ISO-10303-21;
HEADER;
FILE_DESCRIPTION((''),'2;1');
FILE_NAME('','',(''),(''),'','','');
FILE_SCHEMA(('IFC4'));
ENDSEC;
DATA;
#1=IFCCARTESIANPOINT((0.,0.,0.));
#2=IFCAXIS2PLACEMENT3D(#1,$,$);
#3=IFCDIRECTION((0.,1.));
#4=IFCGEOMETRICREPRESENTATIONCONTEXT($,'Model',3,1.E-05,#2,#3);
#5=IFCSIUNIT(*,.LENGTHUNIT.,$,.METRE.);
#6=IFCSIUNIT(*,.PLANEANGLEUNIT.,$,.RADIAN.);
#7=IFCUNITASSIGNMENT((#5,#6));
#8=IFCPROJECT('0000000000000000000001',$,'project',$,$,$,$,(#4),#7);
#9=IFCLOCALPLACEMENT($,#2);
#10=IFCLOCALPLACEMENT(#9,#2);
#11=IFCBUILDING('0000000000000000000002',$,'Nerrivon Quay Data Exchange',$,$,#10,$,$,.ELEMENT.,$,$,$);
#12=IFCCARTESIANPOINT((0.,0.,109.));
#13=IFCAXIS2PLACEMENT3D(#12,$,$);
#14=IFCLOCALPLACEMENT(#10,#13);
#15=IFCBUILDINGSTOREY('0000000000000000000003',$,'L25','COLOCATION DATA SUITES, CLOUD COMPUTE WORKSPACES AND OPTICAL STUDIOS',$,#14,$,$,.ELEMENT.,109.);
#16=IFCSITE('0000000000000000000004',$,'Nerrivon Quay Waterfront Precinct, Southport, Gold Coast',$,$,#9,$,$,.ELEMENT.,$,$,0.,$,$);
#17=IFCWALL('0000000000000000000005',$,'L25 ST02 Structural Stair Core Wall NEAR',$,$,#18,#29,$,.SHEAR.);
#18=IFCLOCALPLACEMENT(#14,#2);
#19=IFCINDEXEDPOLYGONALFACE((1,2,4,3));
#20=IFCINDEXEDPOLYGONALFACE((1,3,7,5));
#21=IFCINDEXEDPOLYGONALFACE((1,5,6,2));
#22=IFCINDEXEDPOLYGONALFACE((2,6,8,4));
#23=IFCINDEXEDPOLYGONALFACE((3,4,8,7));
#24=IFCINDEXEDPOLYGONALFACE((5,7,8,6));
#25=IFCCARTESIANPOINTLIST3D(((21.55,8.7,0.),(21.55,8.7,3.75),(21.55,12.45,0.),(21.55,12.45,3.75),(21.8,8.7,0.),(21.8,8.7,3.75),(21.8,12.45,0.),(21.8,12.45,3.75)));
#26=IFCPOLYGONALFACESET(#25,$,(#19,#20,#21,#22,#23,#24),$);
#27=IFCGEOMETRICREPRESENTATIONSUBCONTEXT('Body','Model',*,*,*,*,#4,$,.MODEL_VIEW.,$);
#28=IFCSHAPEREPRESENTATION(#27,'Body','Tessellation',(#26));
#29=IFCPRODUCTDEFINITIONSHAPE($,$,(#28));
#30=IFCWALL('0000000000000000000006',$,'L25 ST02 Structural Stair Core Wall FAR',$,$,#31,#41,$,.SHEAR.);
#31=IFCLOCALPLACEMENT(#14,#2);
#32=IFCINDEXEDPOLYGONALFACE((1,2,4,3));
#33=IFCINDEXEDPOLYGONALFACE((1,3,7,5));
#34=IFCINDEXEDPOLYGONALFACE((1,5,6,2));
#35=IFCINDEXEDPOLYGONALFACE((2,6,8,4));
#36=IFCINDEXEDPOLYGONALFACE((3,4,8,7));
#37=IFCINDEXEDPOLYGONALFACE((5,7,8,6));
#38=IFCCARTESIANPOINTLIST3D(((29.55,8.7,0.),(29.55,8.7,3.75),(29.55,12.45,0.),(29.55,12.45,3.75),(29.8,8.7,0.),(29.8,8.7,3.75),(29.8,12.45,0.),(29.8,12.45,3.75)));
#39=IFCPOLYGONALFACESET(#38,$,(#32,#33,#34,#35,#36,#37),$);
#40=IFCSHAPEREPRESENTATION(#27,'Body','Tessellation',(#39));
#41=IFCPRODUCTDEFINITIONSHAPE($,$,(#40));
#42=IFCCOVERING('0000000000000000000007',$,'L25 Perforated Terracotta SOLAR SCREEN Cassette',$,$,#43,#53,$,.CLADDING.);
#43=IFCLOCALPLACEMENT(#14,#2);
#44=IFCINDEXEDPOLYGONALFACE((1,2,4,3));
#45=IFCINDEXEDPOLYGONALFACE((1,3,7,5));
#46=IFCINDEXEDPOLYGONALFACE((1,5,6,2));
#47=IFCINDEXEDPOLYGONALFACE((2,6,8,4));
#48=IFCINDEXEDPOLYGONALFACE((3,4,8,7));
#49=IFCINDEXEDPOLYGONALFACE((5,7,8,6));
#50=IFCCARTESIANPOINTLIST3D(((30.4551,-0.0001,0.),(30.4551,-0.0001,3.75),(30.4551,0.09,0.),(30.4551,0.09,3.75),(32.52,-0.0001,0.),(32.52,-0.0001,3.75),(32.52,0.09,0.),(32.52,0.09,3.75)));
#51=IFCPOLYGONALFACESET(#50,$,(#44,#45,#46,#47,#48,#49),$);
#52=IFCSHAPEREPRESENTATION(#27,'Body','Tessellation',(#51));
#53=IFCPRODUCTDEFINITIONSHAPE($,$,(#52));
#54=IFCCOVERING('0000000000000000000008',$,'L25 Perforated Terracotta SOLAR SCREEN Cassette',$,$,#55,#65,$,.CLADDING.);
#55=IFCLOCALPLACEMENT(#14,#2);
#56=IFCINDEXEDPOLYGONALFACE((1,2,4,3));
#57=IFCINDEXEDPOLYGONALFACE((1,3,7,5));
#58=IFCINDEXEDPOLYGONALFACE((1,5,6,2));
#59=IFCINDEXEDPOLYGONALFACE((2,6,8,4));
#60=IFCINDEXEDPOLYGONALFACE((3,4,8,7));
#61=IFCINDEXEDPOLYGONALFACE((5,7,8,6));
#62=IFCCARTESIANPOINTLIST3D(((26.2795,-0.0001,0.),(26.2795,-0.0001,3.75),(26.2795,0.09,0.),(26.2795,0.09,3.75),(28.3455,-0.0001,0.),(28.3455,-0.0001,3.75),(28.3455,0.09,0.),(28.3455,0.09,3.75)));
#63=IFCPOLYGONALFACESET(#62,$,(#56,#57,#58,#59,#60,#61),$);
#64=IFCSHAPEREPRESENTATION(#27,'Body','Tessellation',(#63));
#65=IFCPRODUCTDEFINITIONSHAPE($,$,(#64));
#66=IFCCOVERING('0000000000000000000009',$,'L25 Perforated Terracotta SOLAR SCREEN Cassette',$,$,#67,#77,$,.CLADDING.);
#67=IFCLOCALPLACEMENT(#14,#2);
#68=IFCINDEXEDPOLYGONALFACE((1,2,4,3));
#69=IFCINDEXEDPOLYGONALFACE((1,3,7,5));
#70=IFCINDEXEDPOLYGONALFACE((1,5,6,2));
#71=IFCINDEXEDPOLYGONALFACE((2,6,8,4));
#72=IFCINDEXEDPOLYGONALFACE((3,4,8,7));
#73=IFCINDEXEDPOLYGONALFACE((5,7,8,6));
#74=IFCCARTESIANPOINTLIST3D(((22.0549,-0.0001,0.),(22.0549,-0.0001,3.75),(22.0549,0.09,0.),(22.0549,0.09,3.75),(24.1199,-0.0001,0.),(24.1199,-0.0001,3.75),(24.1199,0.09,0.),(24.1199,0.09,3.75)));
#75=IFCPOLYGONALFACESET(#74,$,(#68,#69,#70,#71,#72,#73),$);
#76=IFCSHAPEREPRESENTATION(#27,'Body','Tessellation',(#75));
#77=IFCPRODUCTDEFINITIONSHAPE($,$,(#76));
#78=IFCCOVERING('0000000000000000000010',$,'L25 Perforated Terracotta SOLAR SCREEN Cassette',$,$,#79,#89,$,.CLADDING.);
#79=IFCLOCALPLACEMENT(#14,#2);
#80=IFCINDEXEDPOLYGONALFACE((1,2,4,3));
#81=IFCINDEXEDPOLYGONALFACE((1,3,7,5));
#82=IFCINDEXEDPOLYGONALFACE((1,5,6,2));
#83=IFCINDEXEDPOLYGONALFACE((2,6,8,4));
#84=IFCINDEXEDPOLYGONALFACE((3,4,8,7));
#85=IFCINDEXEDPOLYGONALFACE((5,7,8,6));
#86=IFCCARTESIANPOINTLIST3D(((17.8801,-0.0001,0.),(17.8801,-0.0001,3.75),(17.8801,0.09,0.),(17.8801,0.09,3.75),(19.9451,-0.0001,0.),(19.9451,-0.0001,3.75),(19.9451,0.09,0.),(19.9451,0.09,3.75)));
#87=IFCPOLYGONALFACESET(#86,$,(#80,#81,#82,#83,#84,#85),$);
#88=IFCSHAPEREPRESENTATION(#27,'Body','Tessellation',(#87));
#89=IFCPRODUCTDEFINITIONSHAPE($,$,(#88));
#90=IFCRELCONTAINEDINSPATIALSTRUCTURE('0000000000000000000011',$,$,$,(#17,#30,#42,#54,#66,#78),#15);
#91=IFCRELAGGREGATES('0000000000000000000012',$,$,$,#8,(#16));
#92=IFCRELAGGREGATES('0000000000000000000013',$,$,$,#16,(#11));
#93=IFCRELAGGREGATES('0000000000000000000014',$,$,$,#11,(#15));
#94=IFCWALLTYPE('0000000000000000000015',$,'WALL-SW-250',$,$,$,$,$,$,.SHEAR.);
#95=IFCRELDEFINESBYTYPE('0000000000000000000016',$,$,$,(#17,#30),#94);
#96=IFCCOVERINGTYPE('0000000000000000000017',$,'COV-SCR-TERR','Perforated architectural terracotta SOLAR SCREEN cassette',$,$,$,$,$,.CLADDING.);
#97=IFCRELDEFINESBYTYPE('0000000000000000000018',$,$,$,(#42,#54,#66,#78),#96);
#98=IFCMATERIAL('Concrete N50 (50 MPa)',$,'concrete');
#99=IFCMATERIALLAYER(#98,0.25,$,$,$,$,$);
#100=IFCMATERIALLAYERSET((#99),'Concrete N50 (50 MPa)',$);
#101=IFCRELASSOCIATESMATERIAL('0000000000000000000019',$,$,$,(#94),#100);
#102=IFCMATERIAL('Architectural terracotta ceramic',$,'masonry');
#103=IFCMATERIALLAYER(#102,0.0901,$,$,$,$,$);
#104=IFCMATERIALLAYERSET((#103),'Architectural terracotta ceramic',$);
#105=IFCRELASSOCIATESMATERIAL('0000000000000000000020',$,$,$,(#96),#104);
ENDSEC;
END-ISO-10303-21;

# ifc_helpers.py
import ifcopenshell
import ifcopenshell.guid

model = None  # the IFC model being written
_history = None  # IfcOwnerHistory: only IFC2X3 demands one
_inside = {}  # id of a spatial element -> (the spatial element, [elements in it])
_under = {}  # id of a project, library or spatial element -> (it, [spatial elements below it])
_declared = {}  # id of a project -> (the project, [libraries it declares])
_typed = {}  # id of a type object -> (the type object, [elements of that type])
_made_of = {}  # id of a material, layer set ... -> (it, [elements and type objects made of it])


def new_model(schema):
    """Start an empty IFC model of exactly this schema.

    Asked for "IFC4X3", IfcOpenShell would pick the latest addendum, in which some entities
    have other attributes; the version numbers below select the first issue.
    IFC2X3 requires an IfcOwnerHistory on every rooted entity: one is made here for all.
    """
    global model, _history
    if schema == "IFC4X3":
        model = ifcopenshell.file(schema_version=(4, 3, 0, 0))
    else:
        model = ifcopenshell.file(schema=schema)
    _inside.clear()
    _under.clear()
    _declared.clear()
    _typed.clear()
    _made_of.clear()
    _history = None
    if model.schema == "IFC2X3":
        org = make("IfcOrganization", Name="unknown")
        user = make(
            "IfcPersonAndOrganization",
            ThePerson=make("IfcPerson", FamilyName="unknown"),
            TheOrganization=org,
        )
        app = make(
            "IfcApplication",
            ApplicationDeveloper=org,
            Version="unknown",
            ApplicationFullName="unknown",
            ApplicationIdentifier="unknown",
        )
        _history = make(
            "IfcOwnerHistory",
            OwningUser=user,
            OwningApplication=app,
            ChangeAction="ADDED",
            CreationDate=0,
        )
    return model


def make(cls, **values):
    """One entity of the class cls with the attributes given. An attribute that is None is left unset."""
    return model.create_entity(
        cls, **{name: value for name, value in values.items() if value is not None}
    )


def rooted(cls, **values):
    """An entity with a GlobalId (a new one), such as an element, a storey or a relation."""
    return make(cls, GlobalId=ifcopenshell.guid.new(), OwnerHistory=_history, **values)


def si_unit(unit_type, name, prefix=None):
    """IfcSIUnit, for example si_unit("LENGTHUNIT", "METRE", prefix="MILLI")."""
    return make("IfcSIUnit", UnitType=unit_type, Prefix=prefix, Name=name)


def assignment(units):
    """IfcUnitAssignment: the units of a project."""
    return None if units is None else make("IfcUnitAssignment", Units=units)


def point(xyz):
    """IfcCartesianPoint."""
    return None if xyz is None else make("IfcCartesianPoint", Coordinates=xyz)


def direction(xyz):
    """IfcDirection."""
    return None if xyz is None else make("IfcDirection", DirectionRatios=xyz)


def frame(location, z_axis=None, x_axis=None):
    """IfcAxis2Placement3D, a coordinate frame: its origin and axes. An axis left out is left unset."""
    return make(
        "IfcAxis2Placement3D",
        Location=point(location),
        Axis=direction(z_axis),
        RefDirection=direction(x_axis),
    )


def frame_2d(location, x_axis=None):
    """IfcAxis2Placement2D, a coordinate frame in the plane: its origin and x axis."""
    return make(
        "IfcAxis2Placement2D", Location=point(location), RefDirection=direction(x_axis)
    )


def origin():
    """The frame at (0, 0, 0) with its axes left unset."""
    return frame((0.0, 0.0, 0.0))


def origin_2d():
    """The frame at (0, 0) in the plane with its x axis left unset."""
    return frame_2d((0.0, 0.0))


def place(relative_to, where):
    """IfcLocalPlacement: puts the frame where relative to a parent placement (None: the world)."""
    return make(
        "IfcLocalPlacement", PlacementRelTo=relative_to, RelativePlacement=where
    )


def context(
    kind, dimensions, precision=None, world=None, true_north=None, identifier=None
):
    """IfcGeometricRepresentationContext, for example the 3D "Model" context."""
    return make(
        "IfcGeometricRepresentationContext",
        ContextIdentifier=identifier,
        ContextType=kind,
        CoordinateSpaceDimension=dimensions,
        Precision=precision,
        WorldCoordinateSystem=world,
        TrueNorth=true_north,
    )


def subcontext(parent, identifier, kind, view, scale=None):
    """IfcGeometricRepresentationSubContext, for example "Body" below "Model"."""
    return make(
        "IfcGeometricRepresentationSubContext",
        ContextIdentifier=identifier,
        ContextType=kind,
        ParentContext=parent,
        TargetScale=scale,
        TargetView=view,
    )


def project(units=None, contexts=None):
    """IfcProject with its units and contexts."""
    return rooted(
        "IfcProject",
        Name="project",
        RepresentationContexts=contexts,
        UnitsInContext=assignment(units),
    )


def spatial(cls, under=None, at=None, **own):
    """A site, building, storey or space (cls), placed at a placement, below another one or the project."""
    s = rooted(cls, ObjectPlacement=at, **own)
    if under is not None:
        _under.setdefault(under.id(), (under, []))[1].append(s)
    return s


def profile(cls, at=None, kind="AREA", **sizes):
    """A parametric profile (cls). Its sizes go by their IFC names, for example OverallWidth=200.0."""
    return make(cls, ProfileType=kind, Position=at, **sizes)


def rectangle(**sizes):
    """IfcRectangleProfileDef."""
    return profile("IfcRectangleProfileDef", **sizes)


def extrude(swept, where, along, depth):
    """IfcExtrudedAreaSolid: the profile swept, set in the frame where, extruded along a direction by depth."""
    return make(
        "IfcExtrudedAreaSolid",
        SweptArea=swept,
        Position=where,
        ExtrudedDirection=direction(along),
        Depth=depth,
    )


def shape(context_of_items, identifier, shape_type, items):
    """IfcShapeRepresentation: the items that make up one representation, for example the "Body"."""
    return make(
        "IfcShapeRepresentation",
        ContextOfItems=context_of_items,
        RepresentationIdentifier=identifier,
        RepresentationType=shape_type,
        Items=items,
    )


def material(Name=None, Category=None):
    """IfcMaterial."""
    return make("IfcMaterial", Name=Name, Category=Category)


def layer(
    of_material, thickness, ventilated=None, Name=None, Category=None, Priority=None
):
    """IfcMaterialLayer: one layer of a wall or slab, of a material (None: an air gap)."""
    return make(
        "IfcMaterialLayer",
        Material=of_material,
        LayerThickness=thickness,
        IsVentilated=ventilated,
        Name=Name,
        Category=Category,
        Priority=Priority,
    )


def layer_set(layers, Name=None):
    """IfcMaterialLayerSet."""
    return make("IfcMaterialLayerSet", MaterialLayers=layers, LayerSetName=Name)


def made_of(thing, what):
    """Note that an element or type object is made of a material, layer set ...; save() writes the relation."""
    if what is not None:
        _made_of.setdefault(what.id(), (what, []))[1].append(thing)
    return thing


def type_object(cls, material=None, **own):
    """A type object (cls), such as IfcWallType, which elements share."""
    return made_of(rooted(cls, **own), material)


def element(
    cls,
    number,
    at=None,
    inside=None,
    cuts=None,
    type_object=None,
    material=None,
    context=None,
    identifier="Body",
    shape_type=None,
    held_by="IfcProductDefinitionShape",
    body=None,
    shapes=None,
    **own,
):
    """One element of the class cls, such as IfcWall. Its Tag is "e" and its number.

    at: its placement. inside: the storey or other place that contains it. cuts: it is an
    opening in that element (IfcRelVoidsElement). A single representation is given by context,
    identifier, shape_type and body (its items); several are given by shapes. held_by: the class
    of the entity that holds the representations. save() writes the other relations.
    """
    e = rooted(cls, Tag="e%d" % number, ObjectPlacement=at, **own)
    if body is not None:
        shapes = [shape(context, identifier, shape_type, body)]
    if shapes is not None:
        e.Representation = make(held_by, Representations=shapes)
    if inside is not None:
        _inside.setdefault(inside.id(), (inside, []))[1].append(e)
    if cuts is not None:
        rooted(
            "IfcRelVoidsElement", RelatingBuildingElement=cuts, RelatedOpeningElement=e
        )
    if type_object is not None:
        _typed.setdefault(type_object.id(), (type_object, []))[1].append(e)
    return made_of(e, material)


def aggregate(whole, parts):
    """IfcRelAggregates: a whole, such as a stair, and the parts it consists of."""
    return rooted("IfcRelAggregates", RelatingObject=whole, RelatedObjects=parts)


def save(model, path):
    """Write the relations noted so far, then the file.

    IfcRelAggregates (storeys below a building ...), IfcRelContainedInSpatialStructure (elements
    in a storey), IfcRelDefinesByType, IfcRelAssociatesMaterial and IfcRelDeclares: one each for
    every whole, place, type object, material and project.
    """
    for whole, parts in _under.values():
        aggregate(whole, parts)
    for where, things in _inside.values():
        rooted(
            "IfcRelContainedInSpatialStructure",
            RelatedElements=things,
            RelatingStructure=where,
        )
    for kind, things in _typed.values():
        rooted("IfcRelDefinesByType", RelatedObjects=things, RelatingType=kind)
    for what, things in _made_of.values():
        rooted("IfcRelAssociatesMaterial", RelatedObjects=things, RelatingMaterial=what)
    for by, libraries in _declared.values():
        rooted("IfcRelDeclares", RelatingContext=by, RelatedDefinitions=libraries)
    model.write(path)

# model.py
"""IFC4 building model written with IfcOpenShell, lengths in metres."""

from ifc_helpers import new_model, si_unit, direction, frame, frame_2d, origin, origin_2d, place, context, subcontext, project, spatial, rectangle, extrude, material, layer, layer_set, type_object, element, save


model = new_model("IFC4")

# Units and contexts
model_context = context("Model", 3, precision=1e-05, world=origin(), true_north=direction((0.0, 1.0)))
body_context = subcontext(model_context, "Body", "Model", "MODEL_VIEW")
ifc_project = project(units=[si_unit("LENGTHUNIT", "METRE"), si_unit("PLANEANGLEUNIT", "RADIAN")], contexts=[model_context])

# Site, building, storey
site_placement = place(None, origin())
site = spatial("IfcSite", under=ifc_project, at=site_placement, Name="Nerrivon Quay Waterfront Precinct, Southport, Gold Coast", CompositionType="ELEMENT", RefElevation=0.0)
building_placement = place(site_placement, origin())
building = spatial("IfcBuilding", under=site, at=building_placement, Name="Nerrivon Quay Data Exchange", CompositionType="ELEMENT")
storey_placement = place(building_placement, frame((0.0, 0.0, 109.0)))
storey = spatial("IfcBuildingStorey", under=building, at=storey_placement, Name="L25", Description="COLOCATION DATA SUITES, CLOUD COMPUTE WORKSPACES AND OPTICAL STUDIOS", CompositionType="ELEMENT", Elevation=109.0)

# Shared definitions
ifc_material_1 = material(Name="Concrete N50 (50 MPa)", Category="concrete")

# Walls
ifc_layer_1 = layer(ifc_material_1, 0.25)
ifc_layer_set_1 = layer_set([ifc_layer_1], Name="Concrete N50 (50 MPa)")
wall_type_1 = type_object("IfcWallType", Name="WALL-SW-250", PredefinedType="SHEAR", material=ifc_layer_set_1)
for number, where, z_axis, x_axis, name in (
    (1, (21.675, 8.7, 0.0), (0.0, 0.0, 1.0), (0.0, 1.0, 0.0), "L25 ST02 Structural Stair Core Wall NEAR"),
    (2, (29.675, 8.7, 0.0), (0.0, 0.0, 1.0), (0.0, 1.0, 0.0), "L25 ST02 Structural Stair Core Wall FAR"),
):
    element("IfcWall", number, at=place(storey_placement, frame(where, z_axis=z_axis, x_axis=x_axis)), inside=storey, type_object=wall_type_1, Name=name, PredefinedType="SHEAR", context=body_context, shape_type="SweptSolid", body=[
        extrude(rectangle(XDim=3.75, YDim=0.25, at=frame_2d((1.875, 0.0))), origin(), (0.0, 0.0, 1.0), 3.75),
    ])

# Coverings
ifc_material_2 = material(Name="Architectural terracotta ceramic", Category="masonry")
ifc_layer_2 = layer(ifc_material_2, 0.0901)
ifc_layer_set_2 = layer_set([ifc_layer_2], Name="Architectural terracotta ceramic")
covering_type = type_object("IfcCoveringType", Name="COV-SCR-TERR", Description="Perforated architectural terracotta SOLAR SCREEN cassette", PredefinedType="CLADDING", material=ifc_layer_set_2)
covering_1_placement = place(storey_placement, frame((31.4875, 0.0449, 0.0), z_axis=(0.0, 0.0, 1.0), x_axis=(-1.0, 0.0, 0.0)))
element("IfcCovering", 3, at=covering_1_placement, inside=storey, type_object=covering_type, Name="L25 Perforated Terracotta SOLAR SCREEN Cassette", PredefinedType="CLADDING", context=body_context, shape_type="SweptSolid", body=[
    extrude(rectangle(XDim=2.0649, YDim=0.0901, at=origin_2d()), origin(), (0.0, 0.0, 1.0), 3.75),
])
covering_2_placement = place(storey_placement, frame((27.3125, 0.0449, 0.0), z_axis=(0.0, 0.0, 1.0), x_axis=(-1.0, 0.0, 0.0)))
element("IfcCovering", 4, at=covering_2_placement, inside=storey, type_object=covering_type, Name="L25 Perforated Terracotta SOLAR SCREEN Cassette", PredefinedType="CLADDING", context=body_context, shape_type="SweptSolid", body=[
    extrude(rectangle(XDim=2.0659, YDim=0.0901, at=origin_2d()), origin(), (0.0, 0.0, 1.0), 3.75),
])
for number, where, z_axis, x_axis, name in (
    (5, (23.0874, 0.0449, 0.0), (0.0, 0.0, 1.0), (-1.0, 0.0, 0.0), "L25 Perforated Terracotta SOLAR SCREEN Cassette"),
    (6, (18.9126, 0.0449, 0.0), (0.0, 0.0, 1.0), (-1.0, 0.0, 0.0), "L25 Perforated Terracotta SOLAR SCREEN Cassette"),
):
    element("IfcCovering", number, at=place(storey_placement, frame(where, z_axis=z_axis, x_axis=x_axis)), inside=storey, type_object=covering_type, Name=name, PredefinedType="CLADDING", context=body_context, shape_type="SweptSolid", body=[
        extrude(rectangle(XDim=2.0649, YDim=0.0901, at=origin_2d()), origin(), (0.0, 0.0, 1.0), 3.75),
    ])

save(model, "model.ifc")
